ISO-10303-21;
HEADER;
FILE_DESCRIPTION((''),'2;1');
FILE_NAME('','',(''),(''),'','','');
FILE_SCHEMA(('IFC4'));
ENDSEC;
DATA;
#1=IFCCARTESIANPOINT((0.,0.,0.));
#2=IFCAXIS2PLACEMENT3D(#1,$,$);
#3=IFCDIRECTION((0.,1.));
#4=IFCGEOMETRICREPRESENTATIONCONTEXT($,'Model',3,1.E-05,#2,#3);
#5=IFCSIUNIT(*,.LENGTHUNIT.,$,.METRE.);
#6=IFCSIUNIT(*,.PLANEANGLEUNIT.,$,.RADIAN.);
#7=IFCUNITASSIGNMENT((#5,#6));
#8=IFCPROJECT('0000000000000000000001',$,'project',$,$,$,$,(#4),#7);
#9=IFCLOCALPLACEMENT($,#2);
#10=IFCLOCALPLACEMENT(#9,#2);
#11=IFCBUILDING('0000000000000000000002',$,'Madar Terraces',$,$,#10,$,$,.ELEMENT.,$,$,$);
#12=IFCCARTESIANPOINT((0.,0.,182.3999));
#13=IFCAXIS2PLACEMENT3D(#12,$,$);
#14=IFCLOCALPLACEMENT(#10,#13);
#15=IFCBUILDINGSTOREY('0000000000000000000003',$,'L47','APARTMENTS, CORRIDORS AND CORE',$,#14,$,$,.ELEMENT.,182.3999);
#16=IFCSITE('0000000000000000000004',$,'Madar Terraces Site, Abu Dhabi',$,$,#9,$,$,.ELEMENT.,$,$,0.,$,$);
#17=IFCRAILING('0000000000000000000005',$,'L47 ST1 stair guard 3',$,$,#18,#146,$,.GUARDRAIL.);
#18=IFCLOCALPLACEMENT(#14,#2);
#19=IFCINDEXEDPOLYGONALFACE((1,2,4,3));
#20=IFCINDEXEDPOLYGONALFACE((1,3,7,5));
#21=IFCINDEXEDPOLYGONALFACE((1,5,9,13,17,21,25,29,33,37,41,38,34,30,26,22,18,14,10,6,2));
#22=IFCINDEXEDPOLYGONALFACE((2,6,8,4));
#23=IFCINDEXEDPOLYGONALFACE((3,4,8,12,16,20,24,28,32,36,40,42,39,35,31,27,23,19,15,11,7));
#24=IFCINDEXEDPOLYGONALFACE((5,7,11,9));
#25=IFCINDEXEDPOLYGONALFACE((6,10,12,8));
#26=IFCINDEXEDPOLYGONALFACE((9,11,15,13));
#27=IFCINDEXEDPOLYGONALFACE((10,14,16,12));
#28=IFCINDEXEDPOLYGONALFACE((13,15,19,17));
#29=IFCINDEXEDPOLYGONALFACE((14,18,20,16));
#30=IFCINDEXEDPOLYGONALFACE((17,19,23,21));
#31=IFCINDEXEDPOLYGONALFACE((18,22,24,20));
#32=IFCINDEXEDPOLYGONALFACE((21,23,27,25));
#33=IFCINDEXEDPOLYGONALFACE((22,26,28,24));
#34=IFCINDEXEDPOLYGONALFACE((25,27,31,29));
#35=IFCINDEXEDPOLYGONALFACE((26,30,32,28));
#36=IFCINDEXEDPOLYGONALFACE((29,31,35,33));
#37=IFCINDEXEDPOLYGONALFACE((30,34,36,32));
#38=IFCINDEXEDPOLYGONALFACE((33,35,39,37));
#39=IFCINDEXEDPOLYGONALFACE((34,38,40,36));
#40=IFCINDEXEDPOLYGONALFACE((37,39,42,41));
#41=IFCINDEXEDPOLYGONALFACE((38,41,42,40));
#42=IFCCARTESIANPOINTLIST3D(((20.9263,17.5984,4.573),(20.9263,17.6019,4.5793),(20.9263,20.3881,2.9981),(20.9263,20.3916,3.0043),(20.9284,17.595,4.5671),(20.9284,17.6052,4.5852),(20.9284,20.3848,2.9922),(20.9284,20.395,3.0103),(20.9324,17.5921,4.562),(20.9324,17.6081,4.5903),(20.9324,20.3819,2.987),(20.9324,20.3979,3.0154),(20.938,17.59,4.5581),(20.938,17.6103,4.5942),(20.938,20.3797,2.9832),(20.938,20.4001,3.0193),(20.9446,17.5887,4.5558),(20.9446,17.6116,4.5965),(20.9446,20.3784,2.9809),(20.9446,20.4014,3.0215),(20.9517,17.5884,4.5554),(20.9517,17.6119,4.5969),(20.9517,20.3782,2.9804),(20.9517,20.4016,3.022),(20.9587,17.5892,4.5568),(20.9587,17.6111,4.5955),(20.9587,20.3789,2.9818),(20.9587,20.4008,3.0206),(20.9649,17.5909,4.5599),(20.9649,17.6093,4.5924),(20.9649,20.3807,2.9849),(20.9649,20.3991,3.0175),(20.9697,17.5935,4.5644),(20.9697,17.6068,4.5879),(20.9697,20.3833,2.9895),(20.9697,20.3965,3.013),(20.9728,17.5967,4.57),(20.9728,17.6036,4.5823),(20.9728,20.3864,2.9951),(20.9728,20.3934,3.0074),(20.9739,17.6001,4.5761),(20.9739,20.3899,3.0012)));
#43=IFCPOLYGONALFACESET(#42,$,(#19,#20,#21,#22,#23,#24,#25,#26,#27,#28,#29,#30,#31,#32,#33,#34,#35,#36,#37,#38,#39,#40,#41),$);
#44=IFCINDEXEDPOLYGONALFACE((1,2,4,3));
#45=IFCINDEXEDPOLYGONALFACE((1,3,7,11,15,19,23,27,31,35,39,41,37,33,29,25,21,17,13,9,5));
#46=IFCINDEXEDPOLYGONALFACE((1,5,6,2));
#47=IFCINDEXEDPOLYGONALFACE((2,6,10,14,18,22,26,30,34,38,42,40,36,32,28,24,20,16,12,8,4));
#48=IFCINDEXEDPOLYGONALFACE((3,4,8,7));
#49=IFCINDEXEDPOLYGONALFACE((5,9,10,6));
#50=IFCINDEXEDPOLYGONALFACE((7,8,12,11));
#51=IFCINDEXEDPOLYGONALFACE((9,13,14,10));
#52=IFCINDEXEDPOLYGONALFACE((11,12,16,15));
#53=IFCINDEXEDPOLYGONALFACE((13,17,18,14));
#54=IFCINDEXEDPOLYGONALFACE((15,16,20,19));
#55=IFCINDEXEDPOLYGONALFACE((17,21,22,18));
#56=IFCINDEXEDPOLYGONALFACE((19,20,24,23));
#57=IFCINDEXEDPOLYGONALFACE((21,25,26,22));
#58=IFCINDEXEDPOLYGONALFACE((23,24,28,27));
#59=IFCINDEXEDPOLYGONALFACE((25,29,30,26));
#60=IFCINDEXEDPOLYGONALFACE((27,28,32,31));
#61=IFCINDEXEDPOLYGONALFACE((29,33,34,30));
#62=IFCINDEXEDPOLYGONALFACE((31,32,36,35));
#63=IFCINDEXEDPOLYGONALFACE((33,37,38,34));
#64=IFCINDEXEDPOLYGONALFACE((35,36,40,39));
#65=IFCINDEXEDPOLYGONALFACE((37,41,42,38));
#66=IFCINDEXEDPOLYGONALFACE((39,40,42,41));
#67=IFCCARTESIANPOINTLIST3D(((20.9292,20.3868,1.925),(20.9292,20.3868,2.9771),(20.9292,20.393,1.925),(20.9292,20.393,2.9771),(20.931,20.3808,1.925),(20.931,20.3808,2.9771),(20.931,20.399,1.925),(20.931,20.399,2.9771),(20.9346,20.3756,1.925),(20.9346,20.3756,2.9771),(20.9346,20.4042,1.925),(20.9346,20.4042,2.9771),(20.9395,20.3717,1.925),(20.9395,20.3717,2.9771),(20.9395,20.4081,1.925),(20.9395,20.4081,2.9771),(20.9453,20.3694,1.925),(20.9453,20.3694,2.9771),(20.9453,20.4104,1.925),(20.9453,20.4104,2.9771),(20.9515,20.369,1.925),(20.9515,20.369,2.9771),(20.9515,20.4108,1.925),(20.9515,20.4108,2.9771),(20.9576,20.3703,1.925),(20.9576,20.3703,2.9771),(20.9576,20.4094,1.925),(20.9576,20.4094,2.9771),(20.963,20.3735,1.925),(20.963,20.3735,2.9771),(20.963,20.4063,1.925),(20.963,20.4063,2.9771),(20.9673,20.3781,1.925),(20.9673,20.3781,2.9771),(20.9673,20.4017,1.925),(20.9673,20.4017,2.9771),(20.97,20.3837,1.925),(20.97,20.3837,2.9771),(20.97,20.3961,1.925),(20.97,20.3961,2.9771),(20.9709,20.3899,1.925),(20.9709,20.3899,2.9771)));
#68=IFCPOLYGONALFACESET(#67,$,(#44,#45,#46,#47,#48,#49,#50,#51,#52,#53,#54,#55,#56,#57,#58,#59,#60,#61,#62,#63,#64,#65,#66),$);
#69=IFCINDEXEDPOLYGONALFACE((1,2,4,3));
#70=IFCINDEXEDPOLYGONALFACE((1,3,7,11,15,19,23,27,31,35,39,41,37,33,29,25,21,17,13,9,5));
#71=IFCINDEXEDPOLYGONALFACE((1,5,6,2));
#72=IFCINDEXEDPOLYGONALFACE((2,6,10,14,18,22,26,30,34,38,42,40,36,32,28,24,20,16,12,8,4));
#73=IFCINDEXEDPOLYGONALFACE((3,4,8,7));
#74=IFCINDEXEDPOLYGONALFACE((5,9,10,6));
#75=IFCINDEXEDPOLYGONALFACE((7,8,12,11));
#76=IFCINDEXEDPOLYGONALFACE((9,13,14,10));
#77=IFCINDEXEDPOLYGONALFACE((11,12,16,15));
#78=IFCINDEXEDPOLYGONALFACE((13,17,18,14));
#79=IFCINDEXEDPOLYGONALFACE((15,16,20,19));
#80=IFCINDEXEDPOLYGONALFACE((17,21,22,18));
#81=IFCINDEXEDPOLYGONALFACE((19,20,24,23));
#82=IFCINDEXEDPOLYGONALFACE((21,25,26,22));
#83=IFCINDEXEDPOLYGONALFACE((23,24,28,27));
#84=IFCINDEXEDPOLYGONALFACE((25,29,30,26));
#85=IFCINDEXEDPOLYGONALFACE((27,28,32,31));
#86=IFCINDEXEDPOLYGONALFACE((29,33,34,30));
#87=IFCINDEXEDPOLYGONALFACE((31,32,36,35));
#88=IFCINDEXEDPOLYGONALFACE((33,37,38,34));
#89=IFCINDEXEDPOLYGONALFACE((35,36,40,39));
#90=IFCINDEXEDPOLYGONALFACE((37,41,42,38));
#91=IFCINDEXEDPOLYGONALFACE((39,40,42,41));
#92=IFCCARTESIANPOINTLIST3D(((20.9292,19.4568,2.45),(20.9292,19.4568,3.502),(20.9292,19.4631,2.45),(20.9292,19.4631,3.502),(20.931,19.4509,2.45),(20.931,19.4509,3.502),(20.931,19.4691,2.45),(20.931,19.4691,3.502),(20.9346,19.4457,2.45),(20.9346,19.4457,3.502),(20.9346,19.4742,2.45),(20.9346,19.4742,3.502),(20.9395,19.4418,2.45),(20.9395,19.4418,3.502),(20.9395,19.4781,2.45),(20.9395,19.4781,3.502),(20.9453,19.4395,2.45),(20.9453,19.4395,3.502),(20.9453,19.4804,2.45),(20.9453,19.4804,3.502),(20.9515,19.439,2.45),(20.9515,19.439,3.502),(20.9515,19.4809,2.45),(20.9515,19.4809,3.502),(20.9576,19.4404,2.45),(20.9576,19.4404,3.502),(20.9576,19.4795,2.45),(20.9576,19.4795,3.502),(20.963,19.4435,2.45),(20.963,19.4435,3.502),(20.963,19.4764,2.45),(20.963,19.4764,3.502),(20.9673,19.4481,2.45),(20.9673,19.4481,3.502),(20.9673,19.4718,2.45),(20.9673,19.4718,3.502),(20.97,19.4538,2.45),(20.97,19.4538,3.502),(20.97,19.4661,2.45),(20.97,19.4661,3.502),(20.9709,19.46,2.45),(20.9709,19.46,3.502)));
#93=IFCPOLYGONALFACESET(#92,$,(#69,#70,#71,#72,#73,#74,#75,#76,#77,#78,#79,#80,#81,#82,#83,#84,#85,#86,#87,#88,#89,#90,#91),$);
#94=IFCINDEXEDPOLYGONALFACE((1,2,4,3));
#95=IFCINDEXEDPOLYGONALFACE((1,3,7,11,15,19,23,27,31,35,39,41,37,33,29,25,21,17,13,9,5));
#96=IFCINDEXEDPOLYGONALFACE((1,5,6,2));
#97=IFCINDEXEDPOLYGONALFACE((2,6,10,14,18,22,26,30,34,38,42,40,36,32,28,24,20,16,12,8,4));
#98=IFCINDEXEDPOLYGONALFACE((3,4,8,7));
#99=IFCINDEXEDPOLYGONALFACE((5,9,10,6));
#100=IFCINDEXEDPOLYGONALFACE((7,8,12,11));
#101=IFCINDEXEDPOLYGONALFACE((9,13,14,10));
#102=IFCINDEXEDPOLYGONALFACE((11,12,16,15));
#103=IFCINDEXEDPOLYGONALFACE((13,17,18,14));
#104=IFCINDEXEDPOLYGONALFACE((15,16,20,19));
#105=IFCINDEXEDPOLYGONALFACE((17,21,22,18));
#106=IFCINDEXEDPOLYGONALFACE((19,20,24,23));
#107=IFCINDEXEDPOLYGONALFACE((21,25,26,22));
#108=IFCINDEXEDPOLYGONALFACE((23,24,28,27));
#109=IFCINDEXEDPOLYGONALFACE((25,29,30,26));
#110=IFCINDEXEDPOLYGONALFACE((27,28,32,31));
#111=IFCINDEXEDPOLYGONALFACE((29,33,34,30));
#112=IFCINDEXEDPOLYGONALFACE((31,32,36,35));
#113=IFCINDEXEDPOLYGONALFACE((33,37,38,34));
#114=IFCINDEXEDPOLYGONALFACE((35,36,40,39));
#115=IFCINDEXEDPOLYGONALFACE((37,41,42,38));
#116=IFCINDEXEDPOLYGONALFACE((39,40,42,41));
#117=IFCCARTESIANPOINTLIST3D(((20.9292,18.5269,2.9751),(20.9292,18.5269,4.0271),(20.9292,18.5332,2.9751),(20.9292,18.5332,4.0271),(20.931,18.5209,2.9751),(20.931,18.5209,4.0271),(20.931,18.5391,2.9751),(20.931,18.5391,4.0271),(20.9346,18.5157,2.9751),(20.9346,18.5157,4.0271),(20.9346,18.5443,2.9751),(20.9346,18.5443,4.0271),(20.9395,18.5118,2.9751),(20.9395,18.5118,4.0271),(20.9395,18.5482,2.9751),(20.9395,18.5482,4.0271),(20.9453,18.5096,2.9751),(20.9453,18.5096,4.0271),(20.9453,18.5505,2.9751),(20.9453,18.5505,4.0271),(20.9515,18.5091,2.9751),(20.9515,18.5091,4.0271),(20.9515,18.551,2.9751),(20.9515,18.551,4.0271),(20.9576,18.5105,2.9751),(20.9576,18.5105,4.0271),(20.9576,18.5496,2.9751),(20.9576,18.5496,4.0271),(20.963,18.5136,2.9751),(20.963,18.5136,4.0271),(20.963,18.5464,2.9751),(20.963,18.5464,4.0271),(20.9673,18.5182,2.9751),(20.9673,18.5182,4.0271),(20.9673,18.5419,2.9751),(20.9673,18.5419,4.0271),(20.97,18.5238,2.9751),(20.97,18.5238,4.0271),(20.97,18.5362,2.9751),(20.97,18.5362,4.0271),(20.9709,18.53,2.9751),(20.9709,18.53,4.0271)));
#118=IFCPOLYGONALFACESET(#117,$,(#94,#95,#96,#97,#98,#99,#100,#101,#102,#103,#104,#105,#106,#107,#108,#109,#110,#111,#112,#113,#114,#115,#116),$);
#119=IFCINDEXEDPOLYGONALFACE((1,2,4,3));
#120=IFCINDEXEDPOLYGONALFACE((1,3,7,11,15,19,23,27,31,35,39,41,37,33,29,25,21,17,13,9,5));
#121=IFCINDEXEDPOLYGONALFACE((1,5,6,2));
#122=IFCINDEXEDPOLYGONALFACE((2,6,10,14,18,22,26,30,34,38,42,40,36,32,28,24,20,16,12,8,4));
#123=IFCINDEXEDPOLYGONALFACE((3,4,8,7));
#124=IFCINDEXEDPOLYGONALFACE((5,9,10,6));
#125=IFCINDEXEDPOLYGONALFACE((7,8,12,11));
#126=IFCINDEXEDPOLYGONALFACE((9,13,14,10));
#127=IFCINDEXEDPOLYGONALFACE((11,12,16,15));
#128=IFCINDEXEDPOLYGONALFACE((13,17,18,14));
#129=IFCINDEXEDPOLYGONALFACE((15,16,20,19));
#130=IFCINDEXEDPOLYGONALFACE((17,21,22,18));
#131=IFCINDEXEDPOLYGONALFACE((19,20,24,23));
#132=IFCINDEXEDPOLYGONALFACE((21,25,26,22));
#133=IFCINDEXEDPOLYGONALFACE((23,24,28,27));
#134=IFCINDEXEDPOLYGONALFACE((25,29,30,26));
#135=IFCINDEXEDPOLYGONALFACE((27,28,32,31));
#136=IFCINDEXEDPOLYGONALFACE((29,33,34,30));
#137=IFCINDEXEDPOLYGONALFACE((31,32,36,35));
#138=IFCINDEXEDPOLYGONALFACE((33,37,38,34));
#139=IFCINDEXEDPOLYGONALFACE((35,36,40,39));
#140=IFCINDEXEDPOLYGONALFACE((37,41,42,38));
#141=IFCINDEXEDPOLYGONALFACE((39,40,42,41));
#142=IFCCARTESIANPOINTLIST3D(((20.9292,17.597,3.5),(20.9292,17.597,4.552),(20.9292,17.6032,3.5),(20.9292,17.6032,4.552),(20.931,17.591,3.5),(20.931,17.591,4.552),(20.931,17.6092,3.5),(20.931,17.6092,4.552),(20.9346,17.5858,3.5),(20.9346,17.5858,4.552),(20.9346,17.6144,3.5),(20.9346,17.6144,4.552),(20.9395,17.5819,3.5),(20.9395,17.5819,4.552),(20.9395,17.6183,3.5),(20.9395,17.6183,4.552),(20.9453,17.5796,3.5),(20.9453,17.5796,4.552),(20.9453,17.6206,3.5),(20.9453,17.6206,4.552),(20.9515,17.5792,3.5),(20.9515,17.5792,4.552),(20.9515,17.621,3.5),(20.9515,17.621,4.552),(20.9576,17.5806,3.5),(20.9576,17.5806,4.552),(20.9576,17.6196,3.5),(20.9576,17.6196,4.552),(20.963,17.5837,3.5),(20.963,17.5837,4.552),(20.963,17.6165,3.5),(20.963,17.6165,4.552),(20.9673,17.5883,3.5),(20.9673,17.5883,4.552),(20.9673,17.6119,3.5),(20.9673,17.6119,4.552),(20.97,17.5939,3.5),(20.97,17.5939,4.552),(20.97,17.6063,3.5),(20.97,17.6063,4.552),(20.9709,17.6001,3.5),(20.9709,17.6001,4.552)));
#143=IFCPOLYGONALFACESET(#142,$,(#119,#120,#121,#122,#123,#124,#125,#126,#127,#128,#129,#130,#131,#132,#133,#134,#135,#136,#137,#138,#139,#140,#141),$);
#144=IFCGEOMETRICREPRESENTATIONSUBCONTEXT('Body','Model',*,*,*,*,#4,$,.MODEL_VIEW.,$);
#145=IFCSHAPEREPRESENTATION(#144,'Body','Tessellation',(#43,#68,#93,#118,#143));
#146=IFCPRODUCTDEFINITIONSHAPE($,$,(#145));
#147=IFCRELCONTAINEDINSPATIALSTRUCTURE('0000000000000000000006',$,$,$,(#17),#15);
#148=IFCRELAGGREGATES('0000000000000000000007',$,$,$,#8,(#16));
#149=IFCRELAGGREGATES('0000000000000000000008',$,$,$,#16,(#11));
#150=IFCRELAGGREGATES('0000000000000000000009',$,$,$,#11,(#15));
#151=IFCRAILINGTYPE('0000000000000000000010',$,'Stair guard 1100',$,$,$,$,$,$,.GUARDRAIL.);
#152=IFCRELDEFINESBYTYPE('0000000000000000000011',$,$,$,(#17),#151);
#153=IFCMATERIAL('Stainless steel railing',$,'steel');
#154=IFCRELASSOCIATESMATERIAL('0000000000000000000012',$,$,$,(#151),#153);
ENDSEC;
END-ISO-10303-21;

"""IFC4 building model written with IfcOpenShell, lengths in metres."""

from ifc_helpers import new_model, si_unit, direction, frame, origin, origin_2d, place, context, subcontext, project, spatial, circle, extrude, material, type_object, element, save


model = new_model("IFC4")

# Units and contexts
model_context = context("Model", 3, precision=1e-05, world=origin(), true_north=direction((0.0, 1.0)))
body_context = subcontext(model_context, "Body", "Model", "MODEL_VIEW")
ifc_project = project(units=[si_unit("LENGTHUNIT", "METRE"), si_unit("PLANEANGLEUNIT", "RADIAN")], contexts=[model_context])

# Site, building, storey
site_placement = place(None, origin())
site = spatial("IfcSite", under=ifc_project, at=site_placement, Name="Madar Terraces Site, Abu Dhabi", CompositionType="ELEMENT", RefElevation=0.0)
building_placement = place(site_placement, origin())
building = spatial("IfcBuilding", under=site, at=building_placement, Name="Madar Terraces", CompositionType="ELEMENT")
storey_placement = place(building_placement, frame((0.0, 0.0, 182.3999)))
storey = spatial("IfcBuildingStorey", under=building, at=storey_placement, Name="L47", Description="APARTMENTS, CORRIDORS AND CORE", CompositionType="ELEMENT", Elevation=182.3999)

# Railing
ifc_material_1 = material(Name="Stainless steel railing", Category="steel")
railing_type_1 = type_object("IfcRailingType", Name="Stair guard 1100", PredefinedType="GUARDRAIL", material=ifc_material_1)
railing_1_placement = place(storey_placement, frame((20.95, 20.3899, 1.925)))
element("IfcRailing", 1, at=railing_1_placement, inside=storey, type_object=railing_type_1, Name="L47 ST1 stair guard 3", PredefinedType="GUARDRAIL", context=body_context, shape_type="SweptSolid", body=[
    extrude(circle(Radius=0.0239, at=origin_2d()), frame((0.0, 0.0, 1.0762), z_axis=(0.0, -0.870815, 0.49161), x_axis=(1.0, 0.0, 0.0)), (0.0, 0.0, 1.0), 3.2036),
    extrude(circle(Radius=0.021, at=origin_2d()), origin(), (0.0, 0.0, 1.0), 1.052),
    extrude(circle(Radius=0.021, at=origin_2d()), frame((0.0, -0.9299, 0.5249)), (0.0, 0.0, 1.0), 1.052),
    extrude(circle(Radius=0.021, at=origin_2d()), frame((0.0, -1.8599, 1.05)), (0.0, 0.0, 1.0), 1.052),
    extrude(circle(Radius=0.021, at=origin_2d()), frame((0.0, -2.7898, 1.575)), (0.0, 0.0, 1.0), 1.052),
])

save(model, "model.ifc")
